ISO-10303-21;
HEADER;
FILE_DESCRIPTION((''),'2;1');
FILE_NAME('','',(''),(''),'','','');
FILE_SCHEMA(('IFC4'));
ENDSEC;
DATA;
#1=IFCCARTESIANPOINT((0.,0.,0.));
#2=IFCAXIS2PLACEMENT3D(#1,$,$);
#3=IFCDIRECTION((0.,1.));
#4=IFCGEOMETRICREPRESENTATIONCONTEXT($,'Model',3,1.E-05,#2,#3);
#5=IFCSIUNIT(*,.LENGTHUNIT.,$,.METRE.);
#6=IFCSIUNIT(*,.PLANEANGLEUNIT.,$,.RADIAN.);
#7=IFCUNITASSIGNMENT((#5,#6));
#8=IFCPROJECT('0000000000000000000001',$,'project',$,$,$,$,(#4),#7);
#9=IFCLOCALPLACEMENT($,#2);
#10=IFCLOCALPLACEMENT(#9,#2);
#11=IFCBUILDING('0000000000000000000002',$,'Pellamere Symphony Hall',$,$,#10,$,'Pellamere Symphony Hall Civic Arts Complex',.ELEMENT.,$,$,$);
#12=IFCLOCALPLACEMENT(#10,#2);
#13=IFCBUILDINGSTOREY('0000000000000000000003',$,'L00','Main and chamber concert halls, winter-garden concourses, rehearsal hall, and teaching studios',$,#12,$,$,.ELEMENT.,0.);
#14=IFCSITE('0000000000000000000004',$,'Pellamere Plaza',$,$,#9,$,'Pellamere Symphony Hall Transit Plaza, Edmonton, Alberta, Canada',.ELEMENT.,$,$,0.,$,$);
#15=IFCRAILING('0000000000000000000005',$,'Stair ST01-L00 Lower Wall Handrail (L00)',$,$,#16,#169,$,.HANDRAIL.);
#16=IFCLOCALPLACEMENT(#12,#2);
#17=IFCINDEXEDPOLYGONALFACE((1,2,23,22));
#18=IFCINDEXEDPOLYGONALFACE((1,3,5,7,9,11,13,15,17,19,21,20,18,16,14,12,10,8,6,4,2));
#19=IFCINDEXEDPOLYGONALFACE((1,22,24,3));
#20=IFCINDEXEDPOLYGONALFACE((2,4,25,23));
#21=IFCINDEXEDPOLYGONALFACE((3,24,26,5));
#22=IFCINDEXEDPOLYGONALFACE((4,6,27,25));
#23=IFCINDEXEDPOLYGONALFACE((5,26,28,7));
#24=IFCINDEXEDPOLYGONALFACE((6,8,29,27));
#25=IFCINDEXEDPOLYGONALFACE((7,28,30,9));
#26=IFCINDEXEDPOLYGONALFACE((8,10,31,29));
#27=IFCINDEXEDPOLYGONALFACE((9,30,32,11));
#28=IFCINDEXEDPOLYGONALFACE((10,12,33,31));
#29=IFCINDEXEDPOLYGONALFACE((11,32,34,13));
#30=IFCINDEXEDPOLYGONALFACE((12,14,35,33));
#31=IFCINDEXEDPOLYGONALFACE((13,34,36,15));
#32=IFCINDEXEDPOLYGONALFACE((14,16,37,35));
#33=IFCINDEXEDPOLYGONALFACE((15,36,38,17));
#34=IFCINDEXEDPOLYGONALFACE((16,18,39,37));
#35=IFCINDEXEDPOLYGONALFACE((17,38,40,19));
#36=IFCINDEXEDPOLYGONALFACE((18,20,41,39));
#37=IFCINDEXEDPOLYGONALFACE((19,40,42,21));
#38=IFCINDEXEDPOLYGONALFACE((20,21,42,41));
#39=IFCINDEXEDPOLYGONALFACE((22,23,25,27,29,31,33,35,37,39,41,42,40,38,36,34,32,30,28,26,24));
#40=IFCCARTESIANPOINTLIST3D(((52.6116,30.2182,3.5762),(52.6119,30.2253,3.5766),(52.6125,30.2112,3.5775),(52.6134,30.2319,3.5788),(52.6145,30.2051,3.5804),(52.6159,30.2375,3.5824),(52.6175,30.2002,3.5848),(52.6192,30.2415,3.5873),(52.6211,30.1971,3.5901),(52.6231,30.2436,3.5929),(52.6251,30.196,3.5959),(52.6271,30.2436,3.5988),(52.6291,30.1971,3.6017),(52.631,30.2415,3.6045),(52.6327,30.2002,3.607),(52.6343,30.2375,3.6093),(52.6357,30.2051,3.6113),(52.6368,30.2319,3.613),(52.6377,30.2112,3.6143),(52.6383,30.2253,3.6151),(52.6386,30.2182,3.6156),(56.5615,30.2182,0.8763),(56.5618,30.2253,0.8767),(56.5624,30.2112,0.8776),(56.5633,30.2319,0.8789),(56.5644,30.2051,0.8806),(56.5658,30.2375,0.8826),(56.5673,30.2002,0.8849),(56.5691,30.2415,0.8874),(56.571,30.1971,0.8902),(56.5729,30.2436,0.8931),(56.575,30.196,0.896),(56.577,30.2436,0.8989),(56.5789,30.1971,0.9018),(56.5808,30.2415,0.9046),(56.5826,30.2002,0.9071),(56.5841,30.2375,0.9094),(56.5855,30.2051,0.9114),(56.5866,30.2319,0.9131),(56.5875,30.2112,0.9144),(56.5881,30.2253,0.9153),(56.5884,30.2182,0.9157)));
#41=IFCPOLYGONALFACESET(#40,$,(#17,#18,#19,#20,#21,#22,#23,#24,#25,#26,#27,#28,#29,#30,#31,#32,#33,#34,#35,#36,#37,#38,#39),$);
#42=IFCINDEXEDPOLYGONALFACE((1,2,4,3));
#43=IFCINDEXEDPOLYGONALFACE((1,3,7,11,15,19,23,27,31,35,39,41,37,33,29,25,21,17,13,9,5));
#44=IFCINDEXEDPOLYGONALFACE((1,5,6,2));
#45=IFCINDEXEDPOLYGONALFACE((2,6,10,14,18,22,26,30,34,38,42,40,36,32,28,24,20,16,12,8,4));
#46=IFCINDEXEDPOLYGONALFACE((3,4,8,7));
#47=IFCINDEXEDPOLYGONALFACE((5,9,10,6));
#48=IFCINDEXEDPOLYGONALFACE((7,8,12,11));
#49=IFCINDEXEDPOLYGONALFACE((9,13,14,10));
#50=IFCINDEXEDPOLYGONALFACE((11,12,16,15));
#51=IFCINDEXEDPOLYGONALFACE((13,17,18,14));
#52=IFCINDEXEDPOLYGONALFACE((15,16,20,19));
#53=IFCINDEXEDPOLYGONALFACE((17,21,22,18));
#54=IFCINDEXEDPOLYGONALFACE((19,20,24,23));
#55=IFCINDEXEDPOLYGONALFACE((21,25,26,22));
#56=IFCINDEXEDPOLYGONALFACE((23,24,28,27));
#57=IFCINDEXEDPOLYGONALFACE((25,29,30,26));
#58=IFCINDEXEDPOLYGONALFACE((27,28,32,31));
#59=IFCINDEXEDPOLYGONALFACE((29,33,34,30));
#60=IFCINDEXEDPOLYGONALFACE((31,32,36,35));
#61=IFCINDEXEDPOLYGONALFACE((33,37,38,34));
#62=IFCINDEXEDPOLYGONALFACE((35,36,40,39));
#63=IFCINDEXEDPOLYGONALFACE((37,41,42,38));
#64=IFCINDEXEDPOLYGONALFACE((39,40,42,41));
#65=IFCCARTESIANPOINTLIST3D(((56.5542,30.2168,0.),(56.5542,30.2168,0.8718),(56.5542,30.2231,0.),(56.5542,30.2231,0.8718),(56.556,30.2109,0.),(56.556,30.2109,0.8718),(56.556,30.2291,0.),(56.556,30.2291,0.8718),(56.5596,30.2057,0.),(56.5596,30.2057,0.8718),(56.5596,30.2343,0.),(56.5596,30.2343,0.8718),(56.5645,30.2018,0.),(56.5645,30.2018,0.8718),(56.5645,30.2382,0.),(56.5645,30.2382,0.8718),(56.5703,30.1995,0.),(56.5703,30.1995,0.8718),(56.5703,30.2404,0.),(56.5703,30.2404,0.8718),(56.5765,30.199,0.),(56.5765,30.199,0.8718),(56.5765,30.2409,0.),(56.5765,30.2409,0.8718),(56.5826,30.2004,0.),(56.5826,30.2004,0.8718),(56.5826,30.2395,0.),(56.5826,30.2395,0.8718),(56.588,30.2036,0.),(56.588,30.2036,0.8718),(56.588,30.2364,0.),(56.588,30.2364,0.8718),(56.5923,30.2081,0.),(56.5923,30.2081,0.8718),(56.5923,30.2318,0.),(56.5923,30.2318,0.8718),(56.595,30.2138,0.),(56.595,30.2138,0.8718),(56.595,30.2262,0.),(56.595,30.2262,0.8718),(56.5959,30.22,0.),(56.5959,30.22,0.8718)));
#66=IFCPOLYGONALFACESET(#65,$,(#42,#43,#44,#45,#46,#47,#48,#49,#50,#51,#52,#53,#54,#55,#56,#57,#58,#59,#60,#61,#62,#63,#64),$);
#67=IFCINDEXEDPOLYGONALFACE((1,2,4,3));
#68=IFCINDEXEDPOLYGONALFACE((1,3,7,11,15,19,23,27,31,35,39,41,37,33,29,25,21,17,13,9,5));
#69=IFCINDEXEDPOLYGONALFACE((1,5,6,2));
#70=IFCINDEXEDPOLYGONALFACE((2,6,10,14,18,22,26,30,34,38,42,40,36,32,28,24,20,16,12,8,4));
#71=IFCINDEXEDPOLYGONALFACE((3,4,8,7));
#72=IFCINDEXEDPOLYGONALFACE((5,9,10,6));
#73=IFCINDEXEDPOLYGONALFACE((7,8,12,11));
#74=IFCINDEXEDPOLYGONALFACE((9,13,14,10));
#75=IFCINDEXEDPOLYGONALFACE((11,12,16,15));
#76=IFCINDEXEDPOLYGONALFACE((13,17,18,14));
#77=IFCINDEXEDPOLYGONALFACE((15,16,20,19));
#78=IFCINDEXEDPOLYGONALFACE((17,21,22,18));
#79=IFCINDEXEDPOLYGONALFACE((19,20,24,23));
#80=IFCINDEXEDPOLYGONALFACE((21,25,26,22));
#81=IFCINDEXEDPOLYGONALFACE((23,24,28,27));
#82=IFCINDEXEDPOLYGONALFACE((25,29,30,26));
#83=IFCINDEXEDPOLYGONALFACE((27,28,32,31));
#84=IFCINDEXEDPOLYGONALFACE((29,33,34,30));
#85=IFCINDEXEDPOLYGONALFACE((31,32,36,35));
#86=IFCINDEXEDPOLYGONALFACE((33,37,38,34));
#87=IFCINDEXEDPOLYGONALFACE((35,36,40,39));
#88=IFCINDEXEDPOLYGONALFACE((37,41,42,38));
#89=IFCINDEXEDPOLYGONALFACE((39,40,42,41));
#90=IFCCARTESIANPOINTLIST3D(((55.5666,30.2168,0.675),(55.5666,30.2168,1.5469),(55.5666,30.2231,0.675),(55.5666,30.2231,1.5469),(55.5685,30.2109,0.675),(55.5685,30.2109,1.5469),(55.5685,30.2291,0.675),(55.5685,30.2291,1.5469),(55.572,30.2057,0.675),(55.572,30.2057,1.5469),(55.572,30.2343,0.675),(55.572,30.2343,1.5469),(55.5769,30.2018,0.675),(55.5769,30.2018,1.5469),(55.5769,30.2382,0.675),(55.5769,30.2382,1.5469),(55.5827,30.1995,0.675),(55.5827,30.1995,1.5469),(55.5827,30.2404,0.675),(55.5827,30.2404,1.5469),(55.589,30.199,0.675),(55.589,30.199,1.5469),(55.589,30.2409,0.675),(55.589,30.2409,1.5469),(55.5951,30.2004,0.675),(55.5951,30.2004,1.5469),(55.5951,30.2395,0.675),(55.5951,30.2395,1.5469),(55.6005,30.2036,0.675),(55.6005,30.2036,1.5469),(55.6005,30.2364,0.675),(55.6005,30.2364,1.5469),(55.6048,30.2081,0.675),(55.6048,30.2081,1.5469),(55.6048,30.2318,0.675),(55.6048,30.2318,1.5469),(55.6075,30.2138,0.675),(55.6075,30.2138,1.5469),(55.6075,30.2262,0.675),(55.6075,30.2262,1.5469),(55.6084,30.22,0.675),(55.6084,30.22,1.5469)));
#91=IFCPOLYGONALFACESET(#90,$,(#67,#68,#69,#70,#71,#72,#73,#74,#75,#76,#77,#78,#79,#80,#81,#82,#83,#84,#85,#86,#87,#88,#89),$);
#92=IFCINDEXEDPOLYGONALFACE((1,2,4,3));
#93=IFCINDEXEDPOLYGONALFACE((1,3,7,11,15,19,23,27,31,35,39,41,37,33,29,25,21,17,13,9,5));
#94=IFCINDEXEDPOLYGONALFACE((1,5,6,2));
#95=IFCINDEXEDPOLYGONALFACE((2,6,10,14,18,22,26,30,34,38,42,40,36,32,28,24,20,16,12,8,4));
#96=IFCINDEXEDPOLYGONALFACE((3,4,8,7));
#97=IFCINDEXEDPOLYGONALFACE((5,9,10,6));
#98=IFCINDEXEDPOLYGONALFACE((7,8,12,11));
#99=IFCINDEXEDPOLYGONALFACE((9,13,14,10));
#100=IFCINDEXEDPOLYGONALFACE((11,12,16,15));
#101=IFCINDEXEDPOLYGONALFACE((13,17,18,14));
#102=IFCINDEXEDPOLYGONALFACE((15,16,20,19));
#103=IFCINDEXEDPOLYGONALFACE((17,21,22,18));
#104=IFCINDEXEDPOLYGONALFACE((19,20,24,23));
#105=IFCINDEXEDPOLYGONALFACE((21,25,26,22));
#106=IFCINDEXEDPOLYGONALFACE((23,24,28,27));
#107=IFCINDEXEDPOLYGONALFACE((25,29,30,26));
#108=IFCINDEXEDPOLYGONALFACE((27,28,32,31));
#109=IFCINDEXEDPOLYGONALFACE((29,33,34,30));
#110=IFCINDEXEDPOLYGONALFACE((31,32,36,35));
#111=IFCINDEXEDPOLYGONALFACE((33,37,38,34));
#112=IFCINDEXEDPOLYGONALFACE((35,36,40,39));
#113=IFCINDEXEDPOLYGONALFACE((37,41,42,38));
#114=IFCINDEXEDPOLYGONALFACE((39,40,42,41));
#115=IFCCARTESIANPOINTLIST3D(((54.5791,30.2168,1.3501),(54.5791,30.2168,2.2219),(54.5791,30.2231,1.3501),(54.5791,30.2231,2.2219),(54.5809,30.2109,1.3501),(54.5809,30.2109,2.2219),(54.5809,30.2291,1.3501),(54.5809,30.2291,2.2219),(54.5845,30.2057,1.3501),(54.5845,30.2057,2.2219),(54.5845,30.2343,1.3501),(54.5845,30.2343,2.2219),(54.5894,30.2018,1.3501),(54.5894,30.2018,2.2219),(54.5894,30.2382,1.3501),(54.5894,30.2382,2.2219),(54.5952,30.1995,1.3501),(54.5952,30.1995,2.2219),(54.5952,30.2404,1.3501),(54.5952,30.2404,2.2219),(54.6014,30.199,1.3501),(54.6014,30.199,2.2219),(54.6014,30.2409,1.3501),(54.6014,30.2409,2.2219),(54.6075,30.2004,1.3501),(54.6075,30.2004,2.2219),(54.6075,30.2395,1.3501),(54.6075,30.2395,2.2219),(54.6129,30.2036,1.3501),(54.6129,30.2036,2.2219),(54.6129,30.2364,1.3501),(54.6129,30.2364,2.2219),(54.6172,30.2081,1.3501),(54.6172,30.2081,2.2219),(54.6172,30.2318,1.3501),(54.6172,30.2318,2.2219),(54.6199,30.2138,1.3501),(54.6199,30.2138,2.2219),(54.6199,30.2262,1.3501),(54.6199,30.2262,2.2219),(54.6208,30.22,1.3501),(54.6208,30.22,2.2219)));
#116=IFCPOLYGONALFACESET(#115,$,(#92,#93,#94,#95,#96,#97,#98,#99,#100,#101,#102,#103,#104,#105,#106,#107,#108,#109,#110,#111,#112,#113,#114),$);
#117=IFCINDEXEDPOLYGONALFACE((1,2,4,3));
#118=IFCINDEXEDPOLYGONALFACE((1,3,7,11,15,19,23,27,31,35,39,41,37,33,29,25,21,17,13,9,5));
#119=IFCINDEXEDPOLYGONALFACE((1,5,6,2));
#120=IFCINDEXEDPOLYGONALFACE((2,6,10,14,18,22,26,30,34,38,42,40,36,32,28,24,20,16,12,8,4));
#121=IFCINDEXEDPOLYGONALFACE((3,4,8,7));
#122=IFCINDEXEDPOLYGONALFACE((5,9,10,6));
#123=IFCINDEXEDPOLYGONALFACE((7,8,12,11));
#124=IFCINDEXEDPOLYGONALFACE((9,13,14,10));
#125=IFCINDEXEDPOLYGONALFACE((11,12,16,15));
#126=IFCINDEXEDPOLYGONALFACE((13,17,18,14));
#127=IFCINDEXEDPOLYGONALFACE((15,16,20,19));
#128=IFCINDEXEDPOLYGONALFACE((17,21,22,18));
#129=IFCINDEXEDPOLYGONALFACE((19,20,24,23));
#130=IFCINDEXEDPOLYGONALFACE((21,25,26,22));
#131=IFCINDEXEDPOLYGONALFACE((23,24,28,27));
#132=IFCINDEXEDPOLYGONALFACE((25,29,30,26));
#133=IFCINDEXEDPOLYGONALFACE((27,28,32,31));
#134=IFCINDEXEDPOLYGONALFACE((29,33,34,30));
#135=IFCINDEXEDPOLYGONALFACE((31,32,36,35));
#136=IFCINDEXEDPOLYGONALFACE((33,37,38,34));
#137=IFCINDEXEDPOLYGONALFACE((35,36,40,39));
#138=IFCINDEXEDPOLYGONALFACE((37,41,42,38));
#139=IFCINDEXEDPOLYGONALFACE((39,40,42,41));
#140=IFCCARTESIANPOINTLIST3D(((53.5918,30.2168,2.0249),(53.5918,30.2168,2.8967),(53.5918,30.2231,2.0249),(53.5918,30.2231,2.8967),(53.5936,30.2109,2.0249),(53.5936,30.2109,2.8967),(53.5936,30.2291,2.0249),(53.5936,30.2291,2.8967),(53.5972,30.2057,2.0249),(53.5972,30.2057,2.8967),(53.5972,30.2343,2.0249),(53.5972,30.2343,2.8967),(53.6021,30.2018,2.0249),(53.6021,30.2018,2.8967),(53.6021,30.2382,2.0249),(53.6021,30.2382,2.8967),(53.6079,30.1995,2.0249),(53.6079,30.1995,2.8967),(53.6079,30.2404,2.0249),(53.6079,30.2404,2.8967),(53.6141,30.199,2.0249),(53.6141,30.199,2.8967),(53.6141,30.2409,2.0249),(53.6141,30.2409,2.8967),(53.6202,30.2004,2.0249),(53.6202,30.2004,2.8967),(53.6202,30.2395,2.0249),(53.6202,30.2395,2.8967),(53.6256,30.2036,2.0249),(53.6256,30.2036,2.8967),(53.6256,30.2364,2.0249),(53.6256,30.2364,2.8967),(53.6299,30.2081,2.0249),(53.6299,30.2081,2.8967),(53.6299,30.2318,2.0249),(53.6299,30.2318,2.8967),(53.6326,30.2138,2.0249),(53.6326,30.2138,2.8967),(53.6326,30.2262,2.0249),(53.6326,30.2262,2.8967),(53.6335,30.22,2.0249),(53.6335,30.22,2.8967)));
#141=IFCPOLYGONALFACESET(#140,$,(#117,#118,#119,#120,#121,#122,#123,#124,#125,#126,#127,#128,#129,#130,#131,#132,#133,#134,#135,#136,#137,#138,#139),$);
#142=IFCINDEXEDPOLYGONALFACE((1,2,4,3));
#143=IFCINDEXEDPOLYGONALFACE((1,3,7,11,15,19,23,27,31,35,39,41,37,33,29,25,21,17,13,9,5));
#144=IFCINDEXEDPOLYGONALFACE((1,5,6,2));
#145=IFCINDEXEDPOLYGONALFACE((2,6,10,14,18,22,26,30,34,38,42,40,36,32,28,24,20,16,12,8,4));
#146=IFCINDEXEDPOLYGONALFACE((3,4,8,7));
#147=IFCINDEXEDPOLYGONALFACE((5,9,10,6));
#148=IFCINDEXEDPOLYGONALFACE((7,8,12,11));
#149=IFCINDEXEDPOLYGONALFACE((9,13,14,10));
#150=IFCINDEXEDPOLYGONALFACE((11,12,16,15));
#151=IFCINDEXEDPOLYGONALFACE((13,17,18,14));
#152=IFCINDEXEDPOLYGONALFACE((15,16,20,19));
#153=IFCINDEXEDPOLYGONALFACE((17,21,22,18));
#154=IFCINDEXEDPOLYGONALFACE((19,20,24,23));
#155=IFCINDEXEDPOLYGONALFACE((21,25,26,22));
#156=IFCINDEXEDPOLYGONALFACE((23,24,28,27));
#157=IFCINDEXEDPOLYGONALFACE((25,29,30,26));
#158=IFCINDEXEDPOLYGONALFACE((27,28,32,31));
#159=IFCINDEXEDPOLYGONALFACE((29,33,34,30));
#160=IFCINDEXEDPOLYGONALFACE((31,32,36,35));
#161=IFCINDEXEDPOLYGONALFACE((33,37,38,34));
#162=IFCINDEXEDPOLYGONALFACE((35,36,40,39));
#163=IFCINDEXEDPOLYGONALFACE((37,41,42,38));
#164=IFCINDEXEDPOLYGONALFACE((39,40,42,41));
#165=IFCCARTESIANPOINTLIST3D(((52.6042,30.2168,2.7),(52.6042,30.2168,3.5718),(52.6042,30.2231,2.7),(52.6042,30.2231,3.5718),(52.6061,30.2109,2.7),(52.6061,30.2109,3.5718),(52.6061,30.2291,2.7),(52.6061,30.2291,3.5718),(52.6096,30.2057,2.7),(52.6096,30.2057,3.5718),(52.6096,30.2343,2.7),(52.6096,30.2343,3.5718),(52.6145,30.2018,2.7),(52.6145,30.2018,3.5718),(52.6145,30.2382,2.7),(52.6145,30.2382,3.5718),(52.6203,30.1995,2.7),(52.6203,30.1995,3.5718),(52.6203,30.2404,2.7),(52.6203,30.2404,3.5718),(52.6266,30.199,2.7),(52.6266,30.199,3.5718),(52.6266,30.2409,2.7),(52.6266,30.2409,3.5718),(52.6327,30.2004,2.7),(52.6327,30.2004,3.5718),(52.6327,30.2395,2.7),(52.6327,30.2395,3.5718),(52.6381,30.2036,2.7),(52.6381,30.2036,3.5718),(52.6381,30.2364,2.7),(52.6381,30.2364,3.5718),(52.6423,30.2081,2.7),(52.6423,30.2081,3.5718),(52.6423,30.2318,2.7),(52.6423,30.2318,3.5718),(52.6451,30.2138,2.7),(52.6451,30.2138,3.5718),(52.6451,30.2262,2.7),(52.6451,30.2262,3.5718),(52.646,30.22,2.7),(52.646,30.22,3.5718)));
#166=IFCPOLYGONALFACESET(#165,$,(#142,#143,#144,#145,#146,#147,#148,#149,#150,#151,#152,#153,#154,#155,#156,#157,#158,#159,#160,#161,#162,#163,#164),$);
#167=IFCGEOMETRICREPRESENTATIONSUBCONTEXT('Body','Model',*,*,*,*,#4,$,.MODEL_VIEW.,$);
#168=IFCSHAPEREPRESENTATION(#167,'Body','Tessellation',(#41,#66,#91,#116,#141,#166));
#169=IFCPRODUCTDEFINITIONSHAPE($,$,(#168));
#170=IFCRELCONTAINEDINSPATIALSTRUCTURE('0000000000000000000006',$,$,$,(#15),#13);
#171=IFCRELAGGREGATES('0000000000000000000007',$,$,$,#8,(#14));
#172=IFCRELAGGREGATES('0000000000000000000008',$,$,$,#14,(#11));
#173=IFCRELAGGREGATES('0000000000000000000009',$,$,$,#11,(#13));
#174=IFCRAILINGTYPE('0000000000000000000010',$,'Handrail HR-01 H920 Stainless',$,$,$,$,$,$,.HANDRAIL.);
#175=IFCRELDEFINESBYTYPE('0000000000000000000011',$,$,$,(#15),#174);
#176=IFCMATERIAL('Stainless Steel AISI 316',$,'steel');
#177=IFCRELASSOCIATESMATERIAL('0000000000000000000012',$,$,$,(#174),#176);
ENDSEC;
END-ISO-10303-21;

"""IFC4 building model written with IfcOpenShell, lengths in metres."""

from ifc_helpers import new_model, si_unit, direction, frame, origin, origin_2d, place, context, subcontext, project, spatial, circle, extrude, material, type_object, element, save


model = new_model("IFC4")

# Units and contexts
model_context = context("Model", 3, precision=1e-05, world=origin(), true_north=direction((0.0, 1.0)))
body_context = subcontext(model_context, "Body", "Model", "MODEL_VIEW")
ifc_project = project(units=[si_unit("LENGTHUNIT", "METRE"), si_unit("PLANEANGLEUNIT", "RADIAN")], contexts=[model_context])

# Site, building, storey
site_placement = place(None, origin())
site = spatial("IfcSite", under=ifc_project, at=site_placement, Name="Pellamere Plaza", LongName="Pellamere Symphony Hall Transit Plaza, Edmonton, Alberta, Canada", CompositionType="ELEMENT", RefElevation=0.0)
building_placement = place(site_placement, origin())
building = spatial("IfcBuilding", under=site, at=building_placement, Name="Pellamere Symphony Hall", LongName="Pellamere Symphony Hall Civic Arts Complex", CompositionType="ELEMENT")
storey_placement = place(building_placement, origin())
storey = spatial("IfcBuildingStorey", under=building, at=storey_placement, Name="L00", Description="Main and chamber concert halls, winter-garden concourses, rehearsal hall, and teaching studios", CompositionType="ELEMENT", Elevation=0.0)

# Railing
ifc_material_1 = material(Name="Stainless Steel AISI 316", Category="steel")
railing_type_1 = type_object("IfcRailingType", Name="Handrail HR-01 H920 Stainless", PredefinedType="HANDRAIL", material=ifc_material_1)
railing_1_placement = place(storey_placement, frame((56.575, 30.22, 0.0)))
element("IfcRailing", 1, at=railing_1_placement, inside=storey, type_object=railing_type_1, Name="Stair ST01-L00 Lower Wall Handrail (L00)", PredefinedType="HANDRAIL", context=body_context, shape_type="SweptSolid", body=[
    extrude(circle(Radius=0.0239, at=origin_2d()), frame((0.0, 0.0, 0.896), z_axis=(-0.825565, 0.0, 0.564307), x_axis=(0.0, -1.0, 0.0)), (0.0, 0.0, 1.0), 4.7844),
    extrude(circle(Radius=0.021, at=origin_2d()), origin(), (0.0, 0.0, 1.0), 0.8718),
    extrude(circle(Radius=0.021, at=origin_2d()), frame((-0.9875, 0.0, 0.675)), (0.0, 0.0, 1.0), 0.8718),
    extrude(circle(Radius=0.021, at=origin_2d()), frame((-1.9751, 0.0, 1.3501)), (0.0, 0.0, 1.0), 0.8718),
    extrude(circle(Radius=0.021, at=origin_2d()), frame((-2.9624, 0.0, 2.0249)), (0.0, 0.0, 1.0), 0.8718),
    extrude(circle(Radius=0.021, at=origin_2d()), frame((-3.95, 0.0, 2.7)), (0.0, 0.0, 1.0), 0.8718),
])

save(model, "model.ifc")
